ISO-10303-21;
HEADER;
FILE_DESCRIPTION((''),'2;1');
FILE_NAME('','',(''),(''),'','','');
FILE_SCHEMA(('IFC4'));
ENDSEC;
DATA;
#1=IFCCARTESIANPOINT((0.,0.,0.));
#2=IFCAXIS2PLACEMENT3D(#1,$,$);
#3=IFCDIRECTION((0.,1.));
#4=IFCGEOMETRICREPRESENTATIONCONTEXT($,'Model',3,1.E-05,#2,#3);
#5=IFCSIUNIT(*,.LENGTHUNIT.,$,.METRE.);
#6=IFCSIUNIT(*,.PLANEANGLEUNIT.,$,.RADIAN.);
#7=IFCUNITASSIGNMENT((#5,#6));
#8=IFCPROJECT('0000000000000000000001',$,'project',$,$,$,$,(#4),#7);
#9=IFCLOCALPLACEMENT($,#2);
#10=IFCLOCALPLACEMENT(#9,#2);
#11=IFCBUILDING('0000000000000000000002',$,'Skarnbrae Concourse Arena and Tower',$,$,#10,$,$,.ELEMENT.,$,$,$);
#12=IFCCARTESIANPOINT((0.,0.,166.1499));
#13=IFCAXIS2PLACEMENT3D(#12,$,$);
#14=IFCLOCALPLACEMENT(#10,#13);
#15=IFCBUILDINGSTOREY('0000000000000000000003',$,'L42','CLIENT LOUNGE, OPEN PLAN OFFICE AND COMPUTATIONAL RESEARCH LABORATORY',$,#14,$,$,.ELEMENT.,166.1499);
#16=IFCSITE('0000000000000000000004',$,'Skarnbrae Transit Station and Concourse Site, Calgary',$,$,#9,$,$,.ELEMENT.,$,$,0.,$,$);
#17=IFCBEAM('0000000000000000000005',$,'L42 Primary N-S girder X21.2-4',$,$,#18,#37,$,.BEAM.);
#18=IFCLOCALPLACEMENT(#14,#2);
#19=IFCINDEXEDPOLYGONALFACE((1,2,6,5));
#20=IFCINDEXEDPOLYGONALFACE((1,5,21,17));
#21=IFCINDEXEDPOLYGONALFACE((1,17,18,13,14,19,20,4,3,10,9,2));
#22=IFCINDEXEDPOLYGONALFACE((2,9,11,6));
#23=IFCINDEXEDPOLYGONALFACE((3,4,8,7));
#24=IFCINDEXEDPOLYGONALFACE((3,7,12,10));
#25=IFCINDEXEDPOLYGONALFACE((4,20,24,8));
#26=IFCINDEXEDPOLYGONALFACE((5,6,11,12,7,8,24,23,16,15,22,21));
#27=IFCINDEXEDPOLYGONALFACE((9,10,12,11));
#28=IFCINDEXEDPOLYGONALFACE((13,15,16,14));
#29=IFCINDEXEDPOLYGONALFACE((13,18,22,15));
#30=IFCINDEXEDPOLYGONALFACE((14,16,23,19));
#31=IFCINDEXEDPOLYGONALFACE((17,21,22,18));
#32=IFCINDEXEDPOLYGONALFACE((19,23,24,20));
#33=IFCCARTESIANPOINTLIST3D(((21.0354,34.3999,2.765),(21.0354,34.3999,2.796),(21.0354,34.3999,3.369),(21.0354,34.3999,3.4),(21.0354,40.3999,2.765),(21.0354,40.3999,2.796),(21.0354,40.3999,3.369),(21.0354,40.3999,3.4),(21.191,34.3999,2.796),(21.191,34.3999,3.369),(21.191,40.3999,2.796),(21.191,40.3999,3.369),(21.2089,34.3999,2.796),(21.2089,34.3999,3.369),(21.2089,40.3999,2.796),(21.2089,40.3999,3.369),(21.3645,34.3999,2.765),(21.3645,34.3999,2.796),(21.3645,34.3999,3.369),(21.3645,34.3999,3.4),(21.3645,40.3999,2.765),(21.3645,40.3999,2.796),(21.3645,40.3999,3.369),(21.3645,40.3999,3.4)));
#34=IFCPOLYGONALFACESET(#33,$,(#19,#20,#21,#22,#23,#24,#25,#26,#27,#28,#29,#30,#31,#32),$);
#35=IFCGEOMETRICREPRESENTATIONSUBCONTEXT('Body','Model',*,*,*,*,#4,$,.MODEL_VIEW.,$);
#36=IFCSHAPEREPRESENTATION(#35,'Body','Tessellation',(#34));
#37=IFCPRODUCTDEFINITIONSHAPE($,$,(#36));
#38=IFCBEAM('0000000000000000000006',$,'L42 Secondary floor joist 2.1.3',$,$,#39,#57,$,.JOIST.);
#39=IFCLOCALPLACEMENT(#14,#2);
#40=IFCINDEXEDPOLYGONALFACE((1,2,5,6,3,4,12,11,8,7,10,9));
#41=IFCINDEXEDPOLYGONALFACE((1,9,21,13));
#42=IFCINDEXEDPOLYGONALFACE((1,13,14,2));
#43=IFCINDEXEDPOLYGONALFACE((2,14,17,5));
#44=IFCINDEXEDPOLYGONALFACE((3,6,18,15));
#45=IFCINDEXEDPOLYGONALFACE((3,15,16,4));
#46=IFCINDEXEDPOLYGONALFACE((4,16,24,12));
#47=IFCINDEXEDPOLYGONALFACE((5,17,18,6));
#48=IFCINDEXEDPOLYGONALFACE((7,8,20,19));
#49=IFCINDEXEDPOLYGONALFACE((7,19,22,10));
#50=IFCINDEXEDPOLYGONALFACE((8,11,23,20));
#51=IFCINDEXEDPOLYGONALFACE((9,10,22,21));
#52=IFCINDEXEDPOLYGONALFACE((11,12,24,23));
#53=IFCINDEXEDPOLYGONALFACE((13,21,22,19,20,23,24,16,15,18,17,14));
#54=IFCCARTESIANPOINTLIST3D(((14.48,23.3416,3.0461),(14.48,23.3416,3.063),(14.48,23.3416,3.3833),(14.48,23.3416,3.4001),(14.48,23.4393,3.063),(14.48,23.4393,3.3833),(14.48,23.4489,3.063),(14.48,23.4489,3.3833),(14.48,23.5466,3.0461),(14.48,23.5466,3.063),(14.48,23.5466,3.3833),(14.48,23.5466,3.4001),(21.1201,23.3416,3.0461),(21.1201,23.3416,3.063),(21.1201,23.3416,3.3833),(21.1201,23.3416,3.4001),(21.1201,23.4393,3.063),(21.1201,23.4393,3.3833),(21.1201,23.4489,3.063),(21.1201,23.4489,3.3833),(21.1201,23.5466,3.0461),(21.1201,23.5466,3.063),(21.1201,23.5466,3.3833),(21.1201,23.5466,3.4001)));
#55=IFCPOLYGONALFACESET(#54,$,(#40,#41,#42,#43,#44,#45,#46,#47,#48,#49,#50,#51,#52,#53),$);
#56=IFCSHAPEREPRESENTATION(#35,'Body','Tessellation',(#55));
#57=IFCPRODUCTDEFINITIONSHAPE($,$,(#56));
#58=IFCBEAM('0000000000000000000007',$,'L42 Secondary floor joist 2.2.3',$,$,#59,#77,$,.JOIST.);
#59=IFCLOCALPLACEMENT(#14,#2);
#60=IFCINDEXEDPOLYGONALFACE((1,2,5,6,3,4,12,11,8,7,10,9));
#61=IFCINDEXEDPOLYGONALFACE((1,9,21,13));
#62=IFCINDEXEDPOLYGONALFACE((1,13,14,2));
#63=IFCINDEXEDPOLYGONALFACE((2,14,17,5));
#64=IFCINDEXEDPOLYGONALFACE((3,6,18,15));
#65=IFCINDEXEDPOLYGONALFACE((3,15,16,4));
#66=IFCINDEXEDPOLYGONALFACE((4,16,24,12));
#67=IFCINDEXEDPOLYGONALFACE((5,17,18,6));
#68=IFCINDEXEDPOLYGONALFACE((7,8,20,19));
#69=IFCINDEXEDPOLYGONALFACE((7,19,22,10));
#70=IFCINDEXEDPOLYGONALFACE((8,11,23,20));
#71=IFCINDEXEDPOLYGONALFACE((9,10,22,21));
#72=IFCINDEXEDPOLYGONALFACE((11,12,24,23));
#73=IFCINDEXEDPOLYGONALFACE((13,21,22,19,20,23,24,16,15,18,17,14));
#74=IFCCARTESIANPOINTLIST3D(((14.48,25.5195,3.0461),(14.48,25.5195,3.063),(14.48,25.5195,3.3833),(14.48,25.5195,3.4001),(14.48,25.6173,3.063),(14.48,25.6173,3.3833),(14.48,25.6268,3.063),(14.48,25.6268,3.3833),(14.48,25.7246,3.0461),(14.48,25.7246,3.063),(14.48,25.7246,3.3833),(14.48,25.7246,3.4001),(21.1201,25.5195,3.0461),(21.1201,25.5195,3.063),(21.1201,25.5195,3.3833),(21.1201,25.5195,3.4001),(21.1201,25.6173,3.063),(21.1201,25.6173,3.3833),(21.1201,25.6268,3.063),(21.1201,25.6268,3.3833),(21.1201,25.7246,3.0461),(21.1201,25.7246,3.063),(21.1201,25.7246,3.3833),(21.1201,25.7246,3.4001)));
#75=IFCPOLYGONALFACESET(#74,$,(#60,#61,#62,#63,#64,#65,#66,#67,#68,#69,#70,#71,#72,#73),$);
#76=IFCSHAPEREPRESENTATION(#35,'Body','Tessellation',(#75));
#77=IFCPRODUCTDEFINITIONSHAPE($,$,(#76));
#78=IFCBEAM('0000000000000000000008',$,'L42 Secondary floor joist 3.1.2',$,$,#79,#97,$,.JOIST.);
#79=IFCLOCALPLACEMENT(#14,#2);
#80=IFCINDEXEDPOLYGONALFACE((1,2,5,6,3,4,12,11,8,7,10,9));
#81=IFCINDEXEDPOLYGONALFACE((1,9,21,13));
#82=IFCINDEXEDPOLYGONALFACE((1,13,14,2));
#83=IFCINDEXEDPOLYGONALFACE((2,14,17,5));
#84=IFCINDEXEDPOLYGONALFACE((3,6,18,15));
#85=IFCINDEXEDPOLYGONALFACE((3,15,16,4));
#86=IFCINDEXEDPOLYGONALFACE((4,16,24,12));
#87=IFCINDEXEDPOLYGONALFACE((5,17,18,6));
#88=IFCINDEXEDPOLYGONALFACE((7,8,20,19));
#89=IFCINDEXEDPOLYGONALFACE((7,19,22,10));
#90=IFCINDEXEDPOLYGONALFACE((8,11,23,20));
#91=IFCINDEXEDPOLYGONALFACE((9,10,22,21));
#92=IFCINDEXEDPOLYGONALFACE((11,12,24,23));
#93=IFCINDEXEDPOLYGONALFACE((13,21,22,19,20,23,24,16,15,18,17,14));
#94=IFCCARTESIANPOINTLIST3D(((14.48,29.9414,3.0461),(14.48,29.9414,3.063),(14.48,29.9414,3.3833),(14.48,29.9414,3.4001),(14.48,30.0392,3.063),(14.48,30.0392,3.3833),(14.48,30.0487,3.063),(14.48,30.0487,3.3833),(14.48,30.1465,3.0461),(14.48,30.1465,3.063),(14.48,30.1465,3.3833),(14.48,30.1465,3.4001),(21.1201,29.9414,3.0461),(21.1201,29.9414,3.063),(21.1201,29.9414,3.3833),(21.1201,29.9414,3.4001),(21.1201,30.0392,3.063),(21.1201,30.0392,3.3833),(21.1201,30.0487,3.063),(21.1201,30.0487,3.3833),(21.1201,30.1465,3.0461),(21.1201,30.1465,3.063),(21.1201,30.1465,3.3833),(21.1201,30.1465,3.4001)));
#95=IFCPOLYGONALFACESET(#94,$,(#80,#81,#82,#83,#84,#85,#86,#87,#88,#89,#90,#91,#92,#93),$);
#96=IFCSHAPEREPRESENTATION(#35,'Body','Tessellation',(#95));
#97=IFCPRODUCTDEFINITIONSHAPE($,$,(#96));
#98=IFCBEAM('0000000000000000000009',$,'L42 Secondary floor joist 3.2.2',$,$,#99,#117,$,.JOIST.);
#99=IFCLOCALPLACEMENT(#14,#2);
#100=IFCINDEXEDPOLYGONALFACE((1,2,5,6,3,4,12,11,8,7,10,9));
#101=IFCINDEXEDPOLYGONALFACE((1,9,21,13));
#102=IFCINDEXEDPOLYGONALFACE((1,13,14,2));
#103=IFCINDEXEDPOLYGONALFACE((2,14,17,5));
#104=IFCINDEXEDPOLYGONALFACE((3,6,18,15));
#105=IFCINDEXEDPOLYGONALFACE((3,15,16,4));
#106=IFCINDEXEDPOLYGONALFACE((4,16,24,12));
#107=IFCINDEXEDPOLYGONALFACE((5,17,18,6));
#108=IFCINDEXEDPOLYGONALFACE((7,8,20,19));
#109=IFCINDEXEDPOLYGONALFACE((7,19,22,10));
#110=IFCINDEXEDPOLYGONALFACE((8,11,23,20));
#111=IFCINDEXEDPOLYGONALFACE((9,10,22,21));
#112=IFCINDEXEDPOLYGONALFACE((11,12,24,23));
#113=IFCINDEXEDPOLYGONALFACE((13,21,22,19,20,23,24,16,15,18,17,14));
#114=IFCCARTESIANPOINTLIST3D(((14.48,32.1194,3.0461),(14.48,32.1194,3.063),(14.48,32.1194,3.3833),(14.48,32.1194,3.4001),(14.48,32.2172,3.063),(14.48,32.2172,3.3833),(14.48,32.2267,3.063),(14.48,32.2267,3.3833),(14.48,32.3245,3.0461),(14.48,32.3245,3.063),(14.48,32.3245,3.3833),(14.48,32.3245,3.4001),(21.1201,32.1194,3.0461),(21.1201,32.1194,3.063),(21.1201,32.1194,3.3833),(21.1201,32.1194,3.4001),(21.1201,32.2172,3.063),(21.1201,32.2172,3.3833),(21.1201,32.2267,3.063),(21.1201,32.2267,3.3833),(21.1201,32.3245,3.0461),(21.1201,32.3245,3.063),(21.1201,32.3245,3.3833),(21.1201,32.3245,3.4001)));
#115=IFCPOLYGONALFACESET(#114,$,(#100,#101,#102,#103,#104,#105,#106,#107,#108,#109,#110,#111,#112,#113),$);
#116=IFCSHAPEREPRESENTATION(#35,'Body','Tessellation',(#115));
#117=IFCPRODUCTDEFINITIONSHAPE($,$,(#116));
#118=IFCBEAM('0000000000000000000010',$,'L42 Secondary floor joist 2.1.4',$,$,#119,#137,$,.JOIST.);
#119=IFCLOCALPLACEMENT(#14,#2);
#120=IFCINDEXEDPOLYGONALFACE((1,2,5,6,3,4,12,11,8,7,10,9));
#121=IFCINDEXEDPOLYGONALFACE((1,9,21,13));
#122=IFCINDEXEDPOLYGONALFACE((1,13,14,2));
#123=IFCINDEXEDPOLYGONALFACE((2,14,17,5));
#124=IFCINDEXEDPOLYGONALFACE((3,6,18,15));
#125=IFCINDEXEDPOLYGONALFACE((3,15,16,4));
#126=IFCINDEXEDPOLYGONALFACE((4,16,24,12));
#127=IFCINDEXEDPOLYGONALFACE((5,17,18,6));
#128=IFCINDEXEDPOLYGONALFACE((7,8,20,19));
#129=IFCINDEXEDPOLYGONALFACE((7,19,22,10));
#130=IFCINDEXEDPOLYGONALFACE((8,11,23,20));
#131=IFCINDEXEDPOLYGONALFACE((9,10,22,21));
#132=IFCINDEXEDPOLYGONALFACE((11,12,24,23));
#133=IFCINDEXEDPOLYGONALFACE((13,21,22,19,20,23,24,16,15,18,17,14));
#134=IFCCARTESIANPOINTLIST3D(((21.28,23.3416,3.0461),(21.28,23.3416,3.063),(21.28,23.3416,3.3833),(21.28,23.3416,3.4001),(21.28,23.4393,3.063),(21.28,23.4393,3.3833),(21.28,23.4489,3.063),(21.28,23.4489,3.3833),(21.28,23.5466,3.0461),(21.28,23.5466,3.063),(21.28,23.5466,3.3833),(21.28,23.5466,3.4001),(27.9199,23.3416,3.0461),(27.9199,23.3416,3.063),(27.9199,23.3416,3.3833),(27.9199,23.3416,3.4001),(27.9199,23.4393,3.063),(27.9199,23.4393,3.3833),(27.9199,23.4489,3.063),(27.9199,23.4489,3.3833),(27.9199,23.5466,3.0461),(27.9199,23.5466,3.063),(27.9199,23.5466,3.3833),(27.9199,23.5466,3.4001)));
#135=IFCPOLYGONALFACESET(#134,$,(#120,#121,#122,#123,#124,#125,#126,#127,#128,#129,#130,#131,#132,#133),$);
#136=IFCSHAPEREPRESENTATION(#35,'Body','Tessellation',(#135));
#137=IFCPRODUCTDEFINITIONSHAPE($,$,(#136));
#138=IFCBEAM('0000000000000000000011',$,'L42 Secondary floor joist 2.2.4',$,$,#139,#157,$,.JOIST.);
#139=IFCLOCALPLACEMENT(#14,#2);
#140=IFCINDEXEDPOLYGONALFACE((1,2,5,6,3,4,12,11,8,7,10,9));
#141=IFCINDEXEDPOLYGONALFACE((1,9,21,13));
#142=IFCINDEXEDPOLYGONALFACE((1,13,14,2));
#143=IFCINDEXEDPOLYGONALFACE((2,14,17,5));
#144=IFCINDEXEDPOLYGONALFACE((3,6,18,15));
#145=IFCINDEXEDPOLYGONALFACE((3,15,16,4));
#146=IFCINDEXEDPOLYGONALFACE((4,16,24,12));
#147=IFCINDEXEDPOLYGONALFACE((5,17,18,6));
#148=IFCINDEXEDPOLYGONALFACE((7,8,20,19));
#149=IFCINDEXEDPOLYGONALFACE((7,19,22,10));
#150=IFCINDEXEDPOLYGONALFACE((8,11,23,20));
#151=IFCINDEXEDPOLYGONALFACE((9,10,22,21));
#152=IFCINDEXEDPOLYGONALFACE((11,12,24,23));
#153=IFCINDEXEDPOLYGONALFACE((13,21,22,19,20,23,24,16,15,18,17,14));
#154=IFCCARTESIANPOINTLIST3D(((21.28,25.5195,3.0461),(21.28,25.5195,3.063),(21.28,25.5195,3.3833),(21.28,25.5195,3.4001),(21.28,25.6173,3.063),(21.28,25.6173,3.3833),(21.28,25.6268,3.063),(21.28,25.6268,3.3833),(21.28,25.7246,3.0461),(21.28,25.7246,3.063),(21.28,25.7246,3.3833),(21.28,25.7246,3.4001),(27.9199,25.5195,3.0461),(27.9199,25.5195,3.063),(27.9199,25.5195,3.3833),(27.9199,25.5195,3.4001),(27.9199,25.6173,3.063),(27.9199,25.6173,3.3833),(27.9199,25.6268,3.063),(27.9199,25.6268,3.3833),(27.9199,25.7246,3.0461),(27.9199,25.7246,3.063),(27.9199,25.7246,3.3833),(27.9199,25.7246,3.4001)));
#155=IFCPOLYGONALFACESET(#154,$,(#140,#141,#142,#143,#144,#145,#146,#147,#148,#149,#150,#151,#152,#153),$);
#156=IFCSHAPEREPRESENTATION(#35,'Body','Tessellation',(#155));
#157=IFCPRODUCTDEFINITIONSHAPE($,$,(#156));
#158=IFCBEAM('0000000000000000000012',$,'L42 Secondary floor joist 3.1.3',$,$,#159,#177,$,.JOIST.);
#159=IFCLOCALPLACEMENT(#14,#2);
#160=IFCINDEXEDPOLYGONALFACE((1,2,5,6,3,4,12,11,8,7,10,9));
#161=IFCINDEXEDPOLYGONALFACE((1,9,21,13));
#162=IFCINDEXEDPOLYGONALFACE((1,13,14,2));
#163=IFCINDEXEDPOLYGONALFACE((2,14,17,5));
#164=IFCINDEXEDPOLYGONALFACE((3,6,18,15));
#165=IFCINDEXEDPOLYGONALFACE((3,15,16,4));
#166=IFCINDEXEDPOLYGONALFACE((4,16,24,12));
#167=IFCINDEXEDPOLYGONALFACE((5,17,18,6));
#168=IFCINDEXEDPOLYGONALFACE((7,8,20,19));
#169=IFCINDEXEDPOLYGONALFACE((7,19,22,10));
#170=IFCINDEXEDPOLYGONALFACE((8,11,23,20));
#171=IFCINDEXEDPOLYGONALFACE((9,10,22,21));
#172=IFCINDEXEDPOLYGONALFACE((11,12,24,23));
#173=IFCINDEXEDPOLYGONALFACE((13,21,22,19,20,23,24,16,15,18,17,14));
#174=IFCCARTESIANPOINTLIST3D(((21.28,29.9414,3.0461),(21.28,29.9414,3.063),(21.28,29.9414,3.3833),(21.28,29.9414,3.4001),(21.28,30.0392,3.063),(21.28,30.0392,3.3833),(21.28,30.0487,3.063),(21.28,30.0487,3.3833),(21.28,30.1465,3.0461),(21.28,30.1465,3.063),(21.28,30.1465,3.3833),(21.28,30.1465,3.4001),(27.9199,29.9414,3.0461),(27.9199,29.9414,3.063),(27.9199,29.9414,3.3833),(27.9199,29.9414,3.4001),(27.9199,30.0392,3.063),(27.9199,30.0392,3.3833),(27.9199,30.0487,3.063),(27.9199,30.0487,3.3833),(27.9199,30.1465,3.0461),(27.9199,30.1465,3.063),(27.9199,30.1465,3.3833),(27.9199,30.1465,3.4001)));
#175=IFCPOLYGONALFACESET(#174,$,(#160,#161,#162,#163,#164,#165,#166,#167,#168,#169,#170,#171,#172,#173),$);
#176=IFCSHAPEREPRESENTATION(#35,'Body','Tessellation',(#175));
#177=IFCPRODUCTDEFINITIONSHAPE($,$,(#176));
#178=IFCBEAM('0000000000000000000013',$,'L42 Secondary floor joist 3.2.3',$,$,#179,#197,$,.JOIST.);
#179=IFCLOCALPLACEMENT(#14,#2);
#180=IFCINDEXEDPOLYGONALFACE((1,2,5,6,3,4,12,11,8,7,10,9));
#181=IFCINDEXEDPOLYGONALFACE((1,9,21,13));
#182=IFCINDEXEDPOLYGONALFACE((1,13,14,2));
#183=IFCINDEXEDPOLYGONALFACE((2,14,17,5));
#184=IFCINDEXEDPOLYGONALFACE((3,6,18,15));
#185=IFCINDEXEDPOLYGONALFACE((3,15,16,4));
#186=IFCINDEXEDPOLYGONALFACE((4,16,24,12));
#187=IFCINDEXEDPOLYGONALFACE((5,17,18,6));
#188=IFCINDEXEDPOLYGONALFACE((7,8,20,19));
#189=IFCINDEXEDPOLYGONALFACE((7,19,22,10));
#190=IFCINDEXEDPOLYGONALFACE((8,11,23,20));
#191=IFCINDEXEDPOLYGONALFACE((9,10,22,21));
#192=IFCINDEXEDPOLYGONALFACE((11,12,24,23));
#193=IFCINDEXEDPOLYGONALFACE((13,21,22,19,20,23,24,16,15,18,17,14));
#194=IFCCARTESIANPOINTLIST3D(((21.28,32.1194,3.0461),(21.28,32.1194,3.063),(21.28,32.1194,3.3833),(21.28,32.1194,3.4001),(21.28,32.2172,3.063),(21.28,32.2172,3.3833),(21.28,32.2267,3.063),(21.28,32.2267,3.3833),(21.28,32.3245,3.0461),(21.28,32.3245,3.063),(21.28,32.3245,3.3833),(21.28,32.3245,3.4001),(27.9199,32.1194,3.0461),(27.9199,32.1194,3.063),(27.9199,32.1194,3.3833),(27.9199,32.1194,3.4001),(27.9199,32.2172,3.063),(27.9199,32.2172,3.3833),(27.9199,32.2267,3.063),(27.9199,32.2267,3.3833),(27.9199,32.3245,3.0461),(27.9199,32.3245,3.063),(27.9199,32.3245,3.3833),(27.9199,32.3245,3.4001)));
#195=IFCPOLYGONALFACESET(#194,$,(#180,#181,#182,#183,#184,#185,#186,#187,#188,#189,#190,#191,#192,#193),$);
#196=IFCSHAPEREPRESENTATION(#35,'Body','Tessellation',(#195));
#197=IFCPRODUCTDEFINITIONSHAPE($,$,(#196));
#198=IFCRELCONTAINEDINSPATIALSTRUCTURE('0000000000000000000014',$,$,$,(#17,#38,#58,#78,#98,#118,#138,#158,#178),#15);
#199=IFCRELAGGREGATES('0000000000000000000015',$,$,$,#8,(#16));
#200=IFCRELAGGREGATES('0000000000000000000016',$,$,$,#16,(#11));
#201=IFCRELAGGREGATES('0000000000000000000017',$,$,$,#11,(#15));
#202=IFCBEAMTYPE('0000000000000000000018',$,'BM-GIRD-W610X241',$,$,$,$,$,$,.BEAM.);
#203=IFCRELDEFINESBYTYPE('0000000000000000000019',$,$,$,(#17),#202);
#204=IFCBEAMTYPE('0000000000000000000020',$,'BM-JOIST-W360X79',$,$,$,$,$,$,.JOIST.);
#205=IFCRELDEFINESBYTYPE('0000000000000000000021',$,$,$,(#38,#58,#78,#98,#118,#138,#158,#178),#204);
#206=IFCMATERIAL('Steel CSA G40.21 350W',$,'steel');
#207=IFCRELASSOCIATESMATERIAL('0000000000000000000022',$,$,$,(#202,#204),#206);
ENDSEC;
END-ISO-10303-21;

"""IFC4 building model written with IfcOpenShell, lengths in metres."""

from ifc_helpers import new_model, si_unit, direction, frame, origin, origin_2d, place, context, subcontext, project, spatial, i_section, extrude, source, transform, mapped, material, material_profile, profile_set, type_object, element, save


model = new_model("IFC4")

# Units and contexts
model_context = context("Model", 3, precision=1e-05, world=origin(), true_north=direction((0.0, 1.0)))
body_context = subcontext(model_context, "Body", "Model", "MODEL_VIEW")
ifc_project = project(units=[si_unit("LENGTHUNIT", "METRE"), si_unit("PLANEANGLEUNIT", "RADIAN")], contexts=[model_context])

# Site, building, storey
site_placement = place(None, origin())
site = spatial("IfcSite", under=ifc_project, at=site_placement, Name="Skarnbrae Transit Station and Concourse Site, Calgary", CompositionType="ELEMENT", RefElevation=0.0)
building_placement = place(site_placement, origin())
building = spatial("IfcBuilding", under=site, at=building_placement, Name="Skarnbrae Concourse Arena and Tower", CompositionType="ELEMENT")
storey_placement = place(building_placement, frame((0.0, 0.0, 166.1499)))
storey = spatial("IfcBuildingStorey", under=building, at=storey_placement, Name="L42", Description="CLIENT LOUNGE, OPEN PLAN OFFICE AND COMPUTATIONAL RESEARCH LABORATORY", CompositionType="ELEMENT", Elevation=166.1499)

# Shared definitions
ifc_material_1 = material(Name="Steel CSA G40.21 350W", Category="steel")

# Beams
ifc_material_profile_1 = material_profile(ifc_material_1, i_section(OverallWidth=0.3291, OverallDepth=0.635, WebThickness=0.0178, FlangeThickness=0.031, at=origin_2d()), Name="W610X241")
ifc_profile_set_1 = profile_set([ifc_material_profile_1], Name="Steel CSA G40.21 350W")
beam_type_1 = type_object("IfcBeamType", Name="BM-GIRD-W610X241", PredefinedType="BEAM", material=ifc_profile_set_1)
shared_shape_1 = source(origin(), body_context, "Body", "SweptSolid", [
    extrude(i_section(OverallWidth=0.3291, OverallDepth=0.635, WebThickness=0.0178, FlangeThickness=0.031, at=origin_2d()), origin(), (0.0, 0.0, 1.0), 6.0),
])
beam_1_placement = place(storey_placement, frame((21.2, 34.3999, 3.0825), z_axis=(0.0, 1.0, 0.0), x_axis=(-1.0, 0.0, 0.0)))
element("IfcBeam", 1, at=beam_1_placement, inside=storey, type_object=beam_type_1, Name="L42 Primary N-S girder X21.2-4", PredefinedType="BEAM", context=body_context, shape_type="MappedRepresentation", body=[
    mapped(shared_shape_1, transform((0.0, 0.0, 0.0))),
])
ifc_material_profile_2 = material_profile(ifc_material_1, i_section(OverallWidth=0.2051, OverallDepth=0.354, WebThickness=0.0095, FlangeThickness=0.0168, at=origin_2d()), Name="W360X79")
ifc_profile_set_2 = profile_set([ifc_material_profile_2], Name="Steel CSA G40.21 350W")
beam_type_2 = type_object("IfcBeamType", Name="BM-JOIST-W360X79", PredefinedType="JOIST", material=ifc_profile_set_2)
shared_shape_2 = source(origin(), body_context, "Body", "SweptSolid", [
    extrude(i_section(OverallWidth=0.2051, OverallDepth=0.354, WebThickness=0.0095, FlangeThickness=0.0168, at=origin_2d()), origin(), (0.0, 0.0, 1.0), 6.6401),
])
for number, where, z_axis, x_axis, name in (
    (2, (14.48, 23.4441, 3.2231), (1.0, 0.0, 0.0), (0.0, 1.0, 0.0), "L42 Secondary floor joist 2.1.3"),
    (3, (14.48, 25.6221, 3.2231), (1.0, 0.0, 0.0), (0.0, 1.0, 0.0), "L42 Secondary floor joist 2.2.3"),
    (4, (14.48, 30.0439, 3.2231), (1.0, 0.0, 0.0), (0.0, 1.0, 0.0), "L42 Secondary floor joist 3.1.2"),
    (5, (14.48, 32.2219, 3.2231), (1.0, 0.0, 0.0), (0.0, 1.0, 0.0), "L42 Secondary floor joist 3.2.2"),
):
    element("IfcBeam", number, at=place(storey_placement, frame(where, z_axis=z_axis, x_axis=x_axis)), inside=storey, type_object=beam_type_2, Name=name, PredefinedType="JOIST", context=body_context, shape_type="MappedRepresentation", body=[
        mapped(shared_shape_2, transform((0.0, 0.0, 0.0))),
    ])
shared_shape_3 = source(origin(), body_context, "Body", "SweptSolid", [
    extrude(i_section(OverallWidth=0.2051, OverallDepth=0.354, WebThickness=0.0095, FlangeThickness=0.0168, at=origin_2d()), origin(), (0.0, 0.0, 1.0), 6.6399),
])
for number, where, z_axis, x_axis, name in (
    (6, (21.28, 23.4441, 3.2231), (1.0, 0.0, 0.0), (0.0, 1.0, 0.0), "L42 Secondary floor joist 2.1.4"),
    (7, (21.28, 25.6221, 3.2231), (1.0, 0.0, 0.0), (0.0, 1.0, 0.0), "L42 Secondary floor joist 2.2.4"),
    (8, (21.28, 30.0439, 3.2231), (1.0, 0.0, 0.0), (0.0, 1.0, 0.0), "L42 Secondary floor joist 3.1.3"),
    (9, (21.28, 32.2219, 3.2231), (1.0, 0.0, 0.0), (0.0, 1.0, 0.0), "L42 Secondary floor joist 3.2.3"),
):
    element("IfcBeam", number, at=place(storey_placement, frame(where, z_axis=z_axis, x_axis=x_axis)), inside=storey, type_object=beam_type_2, Name=name, PredefinedType="JOIST", context=body_context, shape_type="MappedRepresentation", body=[
        mapped(shared_shape_3, transform((0.0, 0.0, 0.0))),
    ])

save(model, "model.ifc")
